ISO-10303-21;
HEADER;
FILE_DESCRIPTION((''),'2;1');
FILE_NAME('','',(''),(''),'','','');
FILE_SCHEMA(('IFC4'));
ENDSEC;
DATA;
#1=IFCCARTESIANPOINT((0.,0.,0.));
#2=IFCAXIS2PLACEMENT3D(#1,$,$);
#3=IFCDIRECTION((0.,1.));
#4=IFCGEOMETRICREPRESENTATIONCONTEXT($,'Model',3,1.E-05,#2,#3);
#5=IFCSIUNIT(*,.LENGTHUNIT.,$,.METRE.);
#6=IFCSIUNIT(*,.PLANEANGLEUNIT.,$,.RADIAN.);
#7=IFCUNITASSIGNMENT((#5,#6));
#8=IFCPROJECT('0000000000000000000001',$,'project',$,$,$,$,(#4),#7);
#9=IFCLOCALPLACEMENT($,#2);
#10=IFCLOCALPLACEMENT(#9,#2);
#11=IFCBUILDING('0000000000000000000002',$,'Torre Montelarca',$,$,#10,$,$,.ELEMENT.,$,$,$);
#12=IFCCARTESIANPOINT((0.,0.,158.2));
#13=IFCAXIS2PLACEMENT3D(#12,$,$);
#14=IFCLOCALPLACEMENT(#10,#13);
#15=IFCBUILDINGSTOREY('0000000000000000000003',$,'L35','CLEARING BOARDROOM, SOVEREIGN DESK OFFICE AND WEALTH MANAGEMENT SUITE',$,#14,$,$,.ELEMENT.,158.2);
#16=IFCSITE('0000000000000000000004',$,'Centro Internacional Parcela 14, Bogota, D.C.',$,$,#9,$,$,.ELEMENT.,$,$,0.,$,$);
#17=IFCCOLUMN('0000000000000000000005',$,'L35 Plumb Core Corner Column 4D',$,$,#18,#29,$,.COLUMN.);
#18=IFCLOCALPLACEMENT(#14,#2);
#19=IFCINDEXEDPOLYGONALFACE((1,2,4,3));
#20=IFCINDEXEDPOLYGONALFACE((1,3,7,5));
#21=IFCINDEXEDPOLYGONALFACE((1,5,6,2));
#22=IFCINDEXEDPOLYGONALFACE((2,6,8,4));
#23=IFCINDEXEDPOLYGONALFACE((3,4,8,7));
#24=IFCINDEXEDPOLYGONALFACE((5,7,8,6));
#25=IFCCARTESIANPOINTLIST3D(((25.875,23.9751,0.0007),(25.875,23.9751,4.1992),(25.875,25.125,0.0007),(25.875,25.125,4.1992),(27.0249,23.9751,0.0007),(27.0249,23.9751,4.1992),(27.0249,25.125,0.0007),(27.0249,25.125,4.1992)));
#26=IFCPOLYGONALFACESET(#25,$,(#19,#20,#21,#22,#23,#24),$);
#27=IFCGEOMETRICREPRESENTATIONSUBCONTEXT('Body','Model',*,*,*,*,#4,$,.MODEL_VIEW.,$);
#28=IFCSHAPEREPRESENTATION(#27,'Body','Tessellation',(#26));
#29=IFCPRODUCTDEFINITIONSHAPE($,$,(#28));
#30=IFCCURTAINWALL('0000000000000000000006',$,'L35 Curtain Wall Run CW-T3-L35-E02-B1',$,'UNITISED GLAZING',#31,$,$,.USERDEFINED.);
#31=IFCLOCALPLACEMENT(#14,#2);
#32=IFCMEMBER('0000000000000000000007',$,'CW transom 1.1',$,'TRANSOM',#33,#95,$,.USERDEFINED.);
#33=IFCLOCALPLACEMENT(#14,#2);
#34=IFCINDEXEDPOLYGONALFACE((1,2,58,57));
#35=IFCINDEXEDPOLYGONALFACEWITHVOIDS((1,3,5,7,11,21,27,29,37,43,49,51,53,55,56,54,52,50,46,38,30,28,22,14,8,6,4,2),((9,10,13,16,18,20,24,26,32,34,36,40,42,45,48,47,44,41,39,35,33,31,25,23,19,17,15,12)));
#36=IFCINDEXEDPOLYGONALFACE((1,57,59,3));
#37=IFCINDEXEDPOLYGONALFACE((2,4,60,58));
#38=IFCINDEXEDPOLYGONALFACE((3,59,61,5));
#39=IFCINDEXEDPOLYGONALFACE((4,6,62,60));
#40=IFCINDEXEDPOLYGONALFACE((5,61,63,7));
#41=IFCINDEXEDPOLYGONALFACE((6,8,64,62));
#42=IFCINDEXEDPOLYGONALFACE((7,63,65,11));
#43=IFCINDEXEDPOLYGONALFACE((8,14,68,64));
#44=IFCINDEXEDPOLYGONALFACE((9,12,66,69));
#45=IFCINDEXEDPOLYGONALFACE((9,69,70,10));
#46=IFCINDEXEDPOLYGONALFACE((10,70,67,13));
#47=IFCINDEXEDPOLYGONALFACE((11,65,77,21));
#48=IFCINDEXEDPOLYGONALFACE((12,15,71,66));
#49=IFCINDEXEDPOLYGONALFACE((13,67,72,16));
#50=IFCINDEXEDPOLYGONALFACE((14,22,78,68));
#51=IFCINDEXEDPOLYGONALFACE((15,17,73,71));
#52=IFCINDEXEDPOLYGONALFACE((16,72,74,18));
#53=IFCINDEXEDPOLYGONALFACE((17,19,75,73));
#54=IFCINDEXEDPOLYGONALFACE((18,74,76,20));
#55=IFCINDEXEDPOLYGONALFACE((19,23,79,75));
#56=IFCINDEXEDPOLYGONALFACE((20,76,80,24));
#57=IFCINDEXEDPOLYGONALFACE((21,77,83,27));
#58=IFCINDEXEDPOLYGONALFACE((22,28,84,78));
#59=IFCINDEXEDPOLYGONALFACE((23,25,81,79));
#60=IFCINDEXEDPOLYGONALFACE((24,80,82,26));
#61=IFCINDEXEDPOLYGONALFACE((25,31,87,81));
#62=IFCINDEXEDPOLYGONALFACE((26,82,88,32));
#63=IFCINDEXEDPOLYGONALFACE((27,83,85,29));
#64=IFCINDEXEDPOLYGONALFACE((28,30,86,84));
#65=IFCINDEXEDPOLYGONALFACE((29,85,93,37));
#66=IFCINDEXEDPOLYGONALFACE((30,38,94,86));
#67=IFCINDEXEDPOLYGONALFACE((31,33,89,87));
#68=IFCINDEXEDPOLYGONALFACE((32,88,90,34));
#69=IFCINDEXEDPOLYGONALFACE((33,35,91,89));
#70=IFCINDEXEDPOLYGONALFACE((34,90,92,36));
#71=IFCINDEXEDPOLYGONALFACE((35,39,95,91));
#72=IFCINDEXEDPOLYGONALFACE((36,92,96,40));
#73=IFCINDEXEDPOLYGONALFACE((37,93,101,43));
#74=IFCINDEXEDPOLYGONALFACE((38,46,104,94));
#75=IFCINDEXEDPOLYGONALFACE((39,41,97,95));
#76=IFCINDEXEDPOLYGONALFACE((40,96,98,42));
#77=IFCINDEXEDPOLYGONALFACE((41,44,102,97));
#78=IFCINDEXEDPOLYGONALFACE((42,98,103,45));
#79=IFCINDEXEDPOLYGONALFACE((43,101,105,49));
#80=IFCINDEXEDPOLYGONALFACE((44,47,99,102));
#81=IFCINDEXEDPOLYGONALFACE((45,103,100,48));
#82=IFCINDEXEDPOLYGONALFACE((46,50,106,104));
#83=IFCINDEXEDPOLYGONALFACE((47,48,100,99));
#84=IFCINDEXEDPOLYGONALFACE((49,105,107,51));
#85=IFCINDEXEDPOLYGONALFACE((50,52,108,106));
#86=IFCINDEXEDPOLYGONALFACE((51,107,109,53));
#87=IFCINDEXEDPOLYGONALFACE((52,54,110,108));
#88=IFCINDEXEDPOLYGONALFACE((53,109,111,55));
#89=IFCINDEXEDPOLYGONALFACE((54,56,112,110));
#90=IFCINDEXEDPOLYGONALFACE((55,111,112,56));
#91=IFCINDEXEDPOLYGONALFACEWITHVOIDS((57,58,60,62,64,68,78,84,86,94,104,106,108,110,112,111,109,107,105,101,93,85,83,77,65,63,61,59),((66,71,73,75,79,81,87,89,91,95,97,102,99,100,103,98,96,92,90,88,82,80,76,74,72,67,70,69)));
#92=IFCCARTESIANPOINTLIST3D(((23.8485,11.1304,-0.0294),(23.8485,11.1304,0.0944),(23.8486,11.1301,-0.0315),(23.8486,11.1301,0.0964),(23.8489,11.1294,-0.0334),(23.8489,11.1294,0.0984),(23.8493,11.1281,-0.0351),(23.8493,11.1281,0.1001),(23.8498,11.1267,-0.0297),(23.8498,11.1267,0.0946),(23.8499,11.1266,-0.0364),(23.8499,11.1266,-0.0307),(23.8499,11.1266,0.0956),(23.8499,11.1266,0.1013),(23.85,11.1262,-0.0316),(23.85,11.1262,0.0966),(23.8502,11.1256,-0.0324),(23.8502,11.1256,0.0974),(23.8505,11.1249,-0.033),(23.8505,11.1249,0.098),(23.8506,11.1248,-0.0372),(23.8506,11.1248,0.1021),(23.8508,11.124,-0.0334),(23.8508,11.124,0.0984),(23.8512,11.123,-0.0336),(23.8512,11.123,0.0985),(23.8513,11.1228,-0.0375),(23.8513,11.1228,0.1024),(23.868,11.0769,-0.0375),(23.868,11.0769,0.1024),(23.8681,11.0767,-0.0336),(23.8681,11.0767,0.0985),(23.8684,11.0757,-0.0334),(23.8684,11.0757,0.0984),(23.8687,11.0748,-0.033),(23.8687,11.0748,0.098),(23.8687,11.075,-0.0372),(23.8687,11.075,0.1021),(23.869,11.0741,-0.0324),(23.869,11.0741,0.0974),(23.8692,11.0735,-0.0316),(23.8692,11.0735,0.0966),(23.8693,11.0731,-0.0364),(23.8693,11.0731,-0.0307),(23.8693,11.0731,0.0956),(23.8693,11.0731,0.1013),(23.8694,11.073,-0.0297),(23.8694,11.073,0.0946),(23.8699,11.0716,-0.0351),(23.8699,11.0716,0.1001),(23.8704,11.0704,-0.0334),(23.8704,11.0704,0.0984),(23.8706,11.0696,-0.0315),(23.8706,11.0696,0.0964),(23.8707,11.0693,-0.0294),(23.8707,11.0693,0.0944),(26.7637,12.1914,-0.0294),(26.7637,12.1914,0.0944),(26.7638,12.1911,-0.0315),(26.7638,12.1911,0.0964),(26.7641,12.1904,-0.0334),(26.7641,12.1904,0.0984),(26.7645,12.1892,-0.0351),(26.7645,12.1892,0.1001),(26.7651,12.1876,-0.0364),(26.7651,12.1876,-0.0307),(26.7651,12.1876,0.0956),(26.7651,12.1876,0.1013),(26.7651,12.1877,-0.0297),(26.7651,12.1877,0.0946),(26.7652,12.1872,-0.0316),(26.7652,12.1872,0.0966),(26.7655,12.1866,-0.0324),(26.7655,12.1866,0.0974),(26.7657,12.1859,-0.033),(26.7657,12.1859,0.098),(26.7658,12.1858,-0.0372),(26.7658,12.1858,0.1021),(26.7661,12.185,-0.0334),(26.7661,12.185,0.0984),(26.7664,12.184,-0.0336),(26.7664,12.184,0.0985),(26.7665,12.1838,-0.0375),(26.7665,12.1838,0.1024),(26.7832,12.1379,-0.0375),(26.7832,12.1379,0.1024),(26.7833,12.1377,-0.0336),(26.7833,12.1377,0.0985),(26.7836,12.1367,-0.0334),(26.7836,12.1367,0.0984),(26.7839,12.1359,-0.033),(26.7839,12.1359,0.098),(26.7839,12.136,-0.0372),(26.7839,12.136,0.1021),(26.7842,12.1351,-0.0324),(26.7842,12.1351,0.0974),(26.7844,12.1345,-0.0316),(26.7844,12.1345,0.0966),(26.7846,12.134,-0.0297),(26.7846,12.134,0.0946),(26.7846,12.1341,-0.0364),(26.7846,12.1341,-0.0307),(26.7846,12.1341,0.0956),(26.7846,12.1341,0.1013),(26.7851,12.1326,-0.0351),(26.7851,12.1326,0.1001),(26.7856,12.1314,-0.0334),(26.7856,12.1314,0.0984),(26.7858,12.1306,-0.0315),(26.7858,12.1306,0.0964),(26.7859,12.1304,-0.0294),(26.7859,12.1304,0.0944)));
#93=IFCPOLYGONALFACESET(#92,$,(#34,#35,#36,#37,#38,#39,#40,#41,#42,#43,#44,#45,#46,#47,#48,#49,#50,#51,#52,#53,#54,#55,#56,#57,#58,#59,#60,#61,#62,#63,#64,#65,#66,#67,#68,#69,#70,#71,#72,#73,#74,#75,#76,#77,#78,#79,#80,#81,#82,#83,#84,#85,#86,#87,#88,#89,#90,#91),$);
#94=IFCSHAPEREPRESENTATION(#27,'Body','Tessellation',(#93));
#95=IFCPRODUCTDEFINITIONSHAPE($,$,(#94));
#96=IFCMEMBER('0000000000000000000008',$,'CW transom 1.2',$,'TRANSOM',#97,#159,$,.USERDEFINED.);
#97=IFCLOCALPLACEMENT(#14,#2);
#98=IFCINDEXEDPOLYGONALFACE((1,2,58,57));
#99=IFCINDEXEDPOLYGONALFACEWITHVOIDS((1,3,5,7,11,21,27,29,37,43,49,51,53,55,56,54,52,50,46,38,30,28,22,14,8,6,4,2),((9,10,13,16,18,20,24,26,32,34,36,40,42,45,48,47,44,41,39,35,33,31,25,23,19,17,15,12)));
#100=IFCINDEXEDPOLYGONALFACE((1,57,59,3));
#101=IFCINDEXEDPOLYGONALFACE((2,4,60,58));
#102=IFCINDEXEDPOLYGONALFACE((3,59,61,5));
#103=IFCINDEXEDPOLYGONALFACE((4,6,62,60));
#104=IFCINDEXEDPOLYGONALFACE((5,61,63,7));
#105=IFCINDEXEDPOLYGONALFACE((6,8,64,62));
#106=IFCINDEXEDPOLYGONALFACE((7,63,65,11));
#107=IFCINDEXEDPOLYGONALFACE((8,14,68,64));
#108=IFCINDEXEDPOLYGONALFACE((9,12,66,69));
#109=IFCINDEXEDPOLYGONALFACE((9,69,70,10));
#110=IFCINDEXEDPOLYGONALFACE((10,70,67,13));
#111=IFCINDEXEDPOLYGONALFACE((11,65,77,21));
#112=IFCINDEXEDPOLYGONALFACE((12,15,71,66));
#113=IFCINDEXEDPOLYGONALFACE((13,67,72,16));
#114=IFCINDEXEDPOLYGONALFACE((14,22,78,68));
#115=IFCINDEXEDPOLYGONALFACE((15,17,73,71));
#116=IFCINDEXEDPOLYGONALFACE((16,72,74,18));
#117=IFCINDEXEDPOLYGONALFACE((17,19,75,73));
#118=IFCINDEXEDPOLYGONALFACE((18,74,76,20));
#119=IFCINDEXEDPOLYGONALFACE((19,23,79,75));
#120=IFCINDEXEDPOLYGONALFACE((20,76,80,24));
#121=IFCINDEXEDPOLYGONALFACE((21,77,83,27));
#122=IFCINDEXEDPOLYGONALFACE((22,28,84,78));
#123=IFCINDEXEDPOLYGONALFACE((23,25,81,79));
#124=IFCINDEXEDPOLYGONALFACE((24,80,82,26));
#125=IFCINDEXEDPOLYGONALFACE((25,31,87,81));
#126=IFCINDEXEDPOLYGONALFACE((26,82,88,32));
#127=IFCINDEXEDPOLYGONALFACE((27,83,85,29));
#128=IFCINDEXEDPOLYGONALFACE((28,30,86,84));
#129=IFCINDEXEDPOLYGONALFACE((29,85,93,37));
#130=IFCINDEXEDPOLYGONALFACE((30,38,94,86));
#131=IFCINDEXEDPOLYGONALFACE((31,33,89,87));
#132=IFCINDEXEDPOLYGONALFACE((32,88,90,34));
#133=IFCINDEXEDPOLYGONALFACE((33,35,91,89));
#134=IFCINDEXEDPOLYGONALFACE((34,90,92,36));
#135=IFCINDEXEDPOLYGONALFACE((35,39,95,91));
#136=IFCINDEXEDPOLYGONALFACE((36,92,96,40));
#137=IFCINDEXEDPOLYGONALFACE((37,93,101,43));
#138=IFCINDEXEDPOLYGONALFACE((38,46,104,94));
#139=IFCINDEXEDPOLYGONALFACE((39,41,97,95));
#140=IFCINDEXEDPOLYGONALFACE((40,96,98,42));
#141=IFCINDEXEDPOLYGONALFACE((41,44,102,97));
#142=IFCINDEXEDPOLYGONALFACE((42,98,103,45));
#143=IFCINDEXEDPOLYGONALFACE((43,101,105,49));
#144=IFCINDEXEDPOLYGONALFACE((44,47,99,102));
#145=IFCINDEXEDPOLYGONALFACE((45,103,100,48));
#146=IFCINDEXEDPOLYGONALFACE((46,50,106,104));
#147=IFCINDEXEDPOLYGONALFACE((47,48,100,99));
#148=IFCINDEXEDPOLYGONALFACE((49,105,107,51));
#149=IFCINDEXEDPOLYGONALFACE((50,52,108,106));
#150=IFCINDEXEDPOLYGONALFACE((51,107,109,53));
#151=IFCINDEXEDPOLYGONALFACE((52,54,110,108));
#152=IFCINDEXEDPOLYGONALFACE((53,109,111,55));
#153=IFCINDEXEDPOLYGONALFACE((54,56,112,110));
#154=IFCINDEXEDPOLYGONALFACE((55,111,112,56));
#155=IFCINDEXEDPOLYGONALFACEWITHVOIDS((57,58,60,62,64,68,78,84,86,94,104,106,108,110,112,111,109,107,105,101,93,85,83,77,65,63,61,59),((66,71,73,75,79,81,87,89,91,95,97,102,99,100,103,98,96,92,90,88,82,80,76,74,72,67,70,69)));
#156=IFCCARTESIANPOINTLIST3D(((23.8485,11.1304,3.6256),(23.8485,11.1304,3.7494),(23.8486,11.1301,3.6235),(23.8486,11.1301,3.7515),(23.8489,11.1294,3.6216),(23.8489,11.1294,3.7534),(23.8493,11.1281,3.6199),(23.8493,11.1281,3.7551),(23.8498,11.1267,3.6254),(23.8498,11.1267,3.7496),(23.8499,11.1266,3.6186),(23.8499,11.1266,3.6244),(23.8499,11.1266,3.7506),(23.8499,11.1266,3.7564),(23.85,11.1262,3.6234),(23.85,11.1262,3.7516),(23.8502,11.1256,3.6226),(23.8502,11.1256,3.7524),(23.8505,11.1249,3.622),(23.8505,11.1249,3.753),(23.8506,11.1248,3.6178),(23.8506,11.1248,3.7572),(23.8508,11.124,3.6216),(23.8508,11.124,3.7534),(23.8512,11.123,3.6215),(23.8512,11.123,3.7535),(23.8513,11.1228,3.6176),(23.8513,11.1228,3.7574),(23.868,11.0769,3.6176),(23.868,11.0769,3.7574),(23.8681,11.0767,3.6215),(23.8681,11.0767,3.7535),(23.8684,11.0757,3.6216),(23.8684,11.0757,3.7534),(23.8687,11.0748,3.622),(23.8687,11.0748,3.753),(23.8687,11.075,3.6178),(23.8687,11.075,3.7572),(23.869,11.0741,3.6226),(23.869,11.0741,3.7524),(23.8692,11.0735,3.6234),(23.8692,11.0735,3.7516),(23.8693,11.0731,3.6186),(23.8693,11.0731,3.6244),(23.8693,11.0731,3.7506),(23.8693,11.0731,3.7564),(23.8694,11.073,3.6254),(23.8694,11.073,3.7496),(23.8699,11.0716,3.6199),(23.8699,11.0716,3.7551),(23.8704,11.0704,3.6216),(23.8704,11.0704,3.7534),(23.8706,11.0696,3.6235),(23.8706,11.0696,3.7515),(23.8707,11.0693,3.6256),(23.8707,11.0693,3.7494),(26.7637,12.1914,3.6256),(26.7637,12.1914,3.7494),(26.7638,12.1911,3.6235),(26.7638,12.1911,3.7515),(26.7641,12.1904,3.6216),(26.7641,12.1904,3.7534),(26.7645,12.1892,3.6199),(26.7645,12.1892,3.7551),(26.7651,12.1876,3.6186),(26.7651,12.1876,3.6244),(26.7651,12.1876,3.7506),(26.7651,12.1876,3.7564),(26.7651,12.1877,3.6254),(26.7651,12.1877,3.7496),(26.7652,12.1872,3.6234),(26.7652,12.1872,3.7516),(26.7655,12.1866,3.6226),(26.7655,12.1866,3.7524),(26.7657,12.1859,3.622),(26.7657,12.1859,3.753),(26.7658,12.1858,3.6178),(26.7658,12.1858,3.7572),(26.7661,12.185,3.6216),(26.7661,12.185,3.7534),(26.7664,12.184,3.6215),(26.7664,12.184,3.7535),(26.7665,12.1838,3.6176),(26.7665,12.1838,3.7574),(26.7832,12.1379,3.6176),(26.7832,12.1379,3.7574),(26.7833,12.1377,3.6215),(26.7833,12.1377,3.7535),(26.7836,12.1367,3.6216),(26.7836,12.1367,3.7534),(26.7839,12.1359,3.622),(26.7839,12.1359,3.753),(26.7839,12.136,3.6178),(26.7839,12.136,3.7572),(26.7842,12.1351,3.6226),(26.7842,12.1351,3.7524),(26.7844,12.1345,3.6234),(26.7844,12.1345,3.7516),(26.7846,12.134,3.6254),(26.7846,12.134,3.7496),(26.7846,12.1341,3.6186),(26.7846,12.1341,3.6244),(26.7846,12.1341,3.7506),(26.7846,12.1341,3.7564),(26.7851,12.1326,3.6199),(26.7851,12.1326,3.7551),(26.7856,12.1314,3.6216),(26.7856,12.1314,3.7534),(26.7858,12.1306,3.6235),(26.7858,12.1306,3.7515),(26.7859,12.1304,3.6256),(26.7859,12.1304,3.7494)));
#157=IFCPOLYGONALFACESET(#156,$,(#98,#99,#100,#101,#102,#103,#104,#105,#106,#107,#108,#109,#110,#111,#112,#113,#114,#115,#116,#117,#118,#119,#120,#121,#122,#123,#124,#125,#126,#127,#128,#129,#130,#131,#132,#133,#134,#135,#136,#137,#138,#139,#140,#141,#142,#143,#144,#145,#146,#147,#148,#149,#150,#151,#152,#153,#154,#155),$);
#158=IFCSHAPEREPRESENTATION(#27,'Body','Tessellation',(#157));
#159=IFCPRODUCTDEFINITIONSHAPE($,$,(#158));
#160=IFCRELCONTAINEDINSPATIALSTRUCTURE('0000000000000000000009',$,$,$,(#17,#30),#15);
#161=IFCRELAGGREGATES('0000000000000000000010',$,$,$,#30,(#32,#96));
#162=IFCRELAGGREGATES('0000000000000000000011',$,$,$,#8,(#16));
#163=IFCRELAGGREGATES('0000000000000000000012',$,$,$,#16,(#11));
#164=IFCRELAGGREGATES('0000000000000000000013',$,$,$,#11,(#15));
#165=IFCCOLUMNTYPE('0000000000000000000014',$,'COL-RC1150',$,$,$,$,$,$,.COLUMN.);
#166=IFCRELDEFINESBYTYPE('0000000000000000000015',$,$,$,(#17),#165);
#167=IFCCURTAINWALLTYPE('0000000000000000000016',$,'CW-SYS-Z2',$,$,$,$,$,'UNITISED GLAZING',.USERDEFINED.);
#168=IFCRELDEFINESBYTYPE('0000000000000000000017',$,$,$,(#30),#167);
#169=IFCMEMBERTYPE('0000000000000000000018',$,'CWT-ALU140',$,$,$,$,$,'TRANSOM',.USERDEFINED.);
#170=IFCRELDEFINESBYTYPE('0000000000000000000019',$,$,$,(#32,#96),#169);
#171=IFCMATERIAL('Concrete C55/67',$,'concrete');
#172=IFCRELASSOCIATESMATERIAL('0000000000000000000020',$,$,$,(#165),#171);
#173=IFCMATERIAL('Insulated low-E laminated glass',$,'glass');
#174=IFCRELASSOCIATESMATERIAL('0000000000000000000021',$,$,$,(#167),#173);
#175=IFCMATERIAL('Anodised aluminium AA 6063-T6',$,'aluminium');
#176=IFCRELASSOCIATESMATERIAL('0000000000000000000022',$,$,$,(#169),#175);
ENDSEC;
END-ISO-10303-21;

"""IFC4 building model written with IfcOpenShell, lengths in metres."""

from ifc_helpers import new_model, si_unit, direction, frame, origin, origin_2d, place, context, subcontext, project, spatial, rectangle, hollow_rectangle, extrude, source, transform, mapped, material, material_profile, profile_set, type_object, element, aggregate, save


model = new_model("IFC4")

# Units and contexts
model_context = context("Model", 3, precision=1e-05, world=origin(), true_north=direction((0.0, 1.0)))
body_context = subcontext(model_context, "Body", "Model", "MODEL_VIEW")
ifc_project = project(units=[si_unit("LENGTHUNIT", "METRE"), si_unit("PLANEANGLEUNIT", "RADIAN")], contexts=[model_context])

# Site, building, storey
site_placement = place(None, origin())
site = spatial("IfcSite", under=ifc_project, at=site_placement, Name="Centro Internacional Parcela 14, Bogota, D.C.", CompositionType="ELEMENT", RefElevation=0.0)
building_placement = place(site_placement, origin())
building = spatial("IfcBuilding", under=site, at=building_placement, Name="Torre Montelarca", CompositionType="ELEMENT")
storey_placement = place(building_placement, frame((0.0, 0.0, 158.2)))
storey = spatial("IfcBuildingStorey", under=building, at=storey_placement, Name="L35", Description="CLEARING BOARDROOM, SOVEREIGN DESK OFFICE AND WEALTH MANAGEMENT SUITE", CompositionType="ELEMENT", Elevation=158.2)

# Column
ifc_material_1 = material(Name="Concrete C55/67", Category="concrete")
ifc_material_profile_1 = material_profile(ifc_material_1, rectangle(XDim=1.1499, YDim=1.1499, at=origin_2d()), Name="RC1150X1150", Category="concrete")
ifc_profile_set_1 = profile_set([ifc_material_profile_1], Name="Concrete C55/67")
column_type_1 = type_object("IfcColumnType", Name="COL-RC1150", PredefinedType="COLUMN", material=ifc_profile_set_1)
shared_shape_1 = source(origin(), body_context, "Body", "SweptSolid", [
    extrude(rectangle(XDim=1.1499, YDim=1.1499, at=origin_2d()), origin(), (0.0, 0.0, 1.0), 4.1985),
])
column_1_placement = place(storey_placement, frame((26.45, 24.55, 0.0007), z_axis=(0.0, 0.0, 1.0), x_axis=(1.0, 0.0, 0.0)))
element("IfcColumn", 1, at=column_1_placement, inside=storey, type_object=column_type_1, Name="L35 Plumb Core Corner Column 4D", PredefinedType="COLUMN", context=body_context, shape_type="MappedRepresentation", body=[
    mapped(shared_shape_1, transform((0.0, 0.0, 0.0), scale=1.0)),
])

# Curtain wall, members
ifc_material_2 = material(Name="Insulated low-E laminated glass", Category="glass")
curtain_wall_type = type_object("IfcCurtainWallType", Name="CW-SYS-Z2", ElementType="UNITISED GLAZING", PredefinedType="USERDEFINED", material=ifc_material_2)
curtain_wall_1_placement = place(storey_placement, origin())
curtain_wall_1 = element("IfcCurtainWall", 2, at=curtain_wall_1_placement, inside=storey, type_object=curtain_wall_type, Name="L35 Curtain Wall Run CW-T3-L35-E02-B1", ObjectType="UNITISED GLAZING", PredefinedType="USERDEFINED")
ifc_material_3 = material(Name="Anodised aluminium AA 6063-T6", Category="aluminium")
ifc_material_profile_2 = material_profile(ifc_material_3, hollow_rectangle(XDim=0.0649, YDim=0.1399, WallThickness=0.0039, InnerFilletRadius=0.0039, OuterFilletRadius=0.0081, at=origin_2d()), Name="ALU65X140X4", Category="aluminium")
ifc_profile_set_2 = profile_set([ifc_material_profile_2], Name="Anodised aluminium AA 6063-T6")
member_type_1 = type_object("IfcMemberType", Name="CWT-ALU140", ElementType="TRANSOM", PredefinedType="USERDEFINED", material=ifc_profile_set_2)
shared_shape_2 = source(origin(), body_context, "Body", "SweptSolid", [
    extrude(hollow_rectangle(XDim=0.0649, YDim=0.1399, WallThickness=0.0039, InnerFilletRadius=0.0039, OuterFilletRadius=0.0081, at=origin_2d()), origin(), (0.0, 0.0, 1.0), 3.1023),
])
member_1_placement = place(storey_placement, frame((23.8596, 11.0999, 0.0325), z_axis=(0.939697, 0.342008, 0.0), x_axis=(-0.342008, 0.939697, 0.0)))
member_1 = element("IfcMember", 3, at=member_1_placement, type_object=member_type_1, Name="CW transom 1.1", ObjectType="TRANSOM", PredefinedType="USERDEFINED", context=body_context, shape_type="MappedRepresentation", body=[
    mapped(shared_shape_2, transform((0.0, 0.0, 0.0), scale=1.0)),
])
member_2_placement = place(storey_placement, frame((23.8596, 11.0999, 3.6875), z_axis=(0.939697, 0.342008, 0.0), x_axis=(-0.342008, 0.939697, 0.0)))
member_2 = element("IfcMember", 4, at=member_2_placement, type_object=member_type_1, Name="CW transom 1.2", ObjectType="TRANSOM", PredefinedType="USERDEFINED", context=body_context, shape_type="MappedRepresentation", body=[
    mapped(shared_shape_2, transform((0.0, 0.0, 0.0), scale=1.0)),
])

aggregate(curtain_wall_1, [member_1, member_2])

save(model, "model.ifc")
